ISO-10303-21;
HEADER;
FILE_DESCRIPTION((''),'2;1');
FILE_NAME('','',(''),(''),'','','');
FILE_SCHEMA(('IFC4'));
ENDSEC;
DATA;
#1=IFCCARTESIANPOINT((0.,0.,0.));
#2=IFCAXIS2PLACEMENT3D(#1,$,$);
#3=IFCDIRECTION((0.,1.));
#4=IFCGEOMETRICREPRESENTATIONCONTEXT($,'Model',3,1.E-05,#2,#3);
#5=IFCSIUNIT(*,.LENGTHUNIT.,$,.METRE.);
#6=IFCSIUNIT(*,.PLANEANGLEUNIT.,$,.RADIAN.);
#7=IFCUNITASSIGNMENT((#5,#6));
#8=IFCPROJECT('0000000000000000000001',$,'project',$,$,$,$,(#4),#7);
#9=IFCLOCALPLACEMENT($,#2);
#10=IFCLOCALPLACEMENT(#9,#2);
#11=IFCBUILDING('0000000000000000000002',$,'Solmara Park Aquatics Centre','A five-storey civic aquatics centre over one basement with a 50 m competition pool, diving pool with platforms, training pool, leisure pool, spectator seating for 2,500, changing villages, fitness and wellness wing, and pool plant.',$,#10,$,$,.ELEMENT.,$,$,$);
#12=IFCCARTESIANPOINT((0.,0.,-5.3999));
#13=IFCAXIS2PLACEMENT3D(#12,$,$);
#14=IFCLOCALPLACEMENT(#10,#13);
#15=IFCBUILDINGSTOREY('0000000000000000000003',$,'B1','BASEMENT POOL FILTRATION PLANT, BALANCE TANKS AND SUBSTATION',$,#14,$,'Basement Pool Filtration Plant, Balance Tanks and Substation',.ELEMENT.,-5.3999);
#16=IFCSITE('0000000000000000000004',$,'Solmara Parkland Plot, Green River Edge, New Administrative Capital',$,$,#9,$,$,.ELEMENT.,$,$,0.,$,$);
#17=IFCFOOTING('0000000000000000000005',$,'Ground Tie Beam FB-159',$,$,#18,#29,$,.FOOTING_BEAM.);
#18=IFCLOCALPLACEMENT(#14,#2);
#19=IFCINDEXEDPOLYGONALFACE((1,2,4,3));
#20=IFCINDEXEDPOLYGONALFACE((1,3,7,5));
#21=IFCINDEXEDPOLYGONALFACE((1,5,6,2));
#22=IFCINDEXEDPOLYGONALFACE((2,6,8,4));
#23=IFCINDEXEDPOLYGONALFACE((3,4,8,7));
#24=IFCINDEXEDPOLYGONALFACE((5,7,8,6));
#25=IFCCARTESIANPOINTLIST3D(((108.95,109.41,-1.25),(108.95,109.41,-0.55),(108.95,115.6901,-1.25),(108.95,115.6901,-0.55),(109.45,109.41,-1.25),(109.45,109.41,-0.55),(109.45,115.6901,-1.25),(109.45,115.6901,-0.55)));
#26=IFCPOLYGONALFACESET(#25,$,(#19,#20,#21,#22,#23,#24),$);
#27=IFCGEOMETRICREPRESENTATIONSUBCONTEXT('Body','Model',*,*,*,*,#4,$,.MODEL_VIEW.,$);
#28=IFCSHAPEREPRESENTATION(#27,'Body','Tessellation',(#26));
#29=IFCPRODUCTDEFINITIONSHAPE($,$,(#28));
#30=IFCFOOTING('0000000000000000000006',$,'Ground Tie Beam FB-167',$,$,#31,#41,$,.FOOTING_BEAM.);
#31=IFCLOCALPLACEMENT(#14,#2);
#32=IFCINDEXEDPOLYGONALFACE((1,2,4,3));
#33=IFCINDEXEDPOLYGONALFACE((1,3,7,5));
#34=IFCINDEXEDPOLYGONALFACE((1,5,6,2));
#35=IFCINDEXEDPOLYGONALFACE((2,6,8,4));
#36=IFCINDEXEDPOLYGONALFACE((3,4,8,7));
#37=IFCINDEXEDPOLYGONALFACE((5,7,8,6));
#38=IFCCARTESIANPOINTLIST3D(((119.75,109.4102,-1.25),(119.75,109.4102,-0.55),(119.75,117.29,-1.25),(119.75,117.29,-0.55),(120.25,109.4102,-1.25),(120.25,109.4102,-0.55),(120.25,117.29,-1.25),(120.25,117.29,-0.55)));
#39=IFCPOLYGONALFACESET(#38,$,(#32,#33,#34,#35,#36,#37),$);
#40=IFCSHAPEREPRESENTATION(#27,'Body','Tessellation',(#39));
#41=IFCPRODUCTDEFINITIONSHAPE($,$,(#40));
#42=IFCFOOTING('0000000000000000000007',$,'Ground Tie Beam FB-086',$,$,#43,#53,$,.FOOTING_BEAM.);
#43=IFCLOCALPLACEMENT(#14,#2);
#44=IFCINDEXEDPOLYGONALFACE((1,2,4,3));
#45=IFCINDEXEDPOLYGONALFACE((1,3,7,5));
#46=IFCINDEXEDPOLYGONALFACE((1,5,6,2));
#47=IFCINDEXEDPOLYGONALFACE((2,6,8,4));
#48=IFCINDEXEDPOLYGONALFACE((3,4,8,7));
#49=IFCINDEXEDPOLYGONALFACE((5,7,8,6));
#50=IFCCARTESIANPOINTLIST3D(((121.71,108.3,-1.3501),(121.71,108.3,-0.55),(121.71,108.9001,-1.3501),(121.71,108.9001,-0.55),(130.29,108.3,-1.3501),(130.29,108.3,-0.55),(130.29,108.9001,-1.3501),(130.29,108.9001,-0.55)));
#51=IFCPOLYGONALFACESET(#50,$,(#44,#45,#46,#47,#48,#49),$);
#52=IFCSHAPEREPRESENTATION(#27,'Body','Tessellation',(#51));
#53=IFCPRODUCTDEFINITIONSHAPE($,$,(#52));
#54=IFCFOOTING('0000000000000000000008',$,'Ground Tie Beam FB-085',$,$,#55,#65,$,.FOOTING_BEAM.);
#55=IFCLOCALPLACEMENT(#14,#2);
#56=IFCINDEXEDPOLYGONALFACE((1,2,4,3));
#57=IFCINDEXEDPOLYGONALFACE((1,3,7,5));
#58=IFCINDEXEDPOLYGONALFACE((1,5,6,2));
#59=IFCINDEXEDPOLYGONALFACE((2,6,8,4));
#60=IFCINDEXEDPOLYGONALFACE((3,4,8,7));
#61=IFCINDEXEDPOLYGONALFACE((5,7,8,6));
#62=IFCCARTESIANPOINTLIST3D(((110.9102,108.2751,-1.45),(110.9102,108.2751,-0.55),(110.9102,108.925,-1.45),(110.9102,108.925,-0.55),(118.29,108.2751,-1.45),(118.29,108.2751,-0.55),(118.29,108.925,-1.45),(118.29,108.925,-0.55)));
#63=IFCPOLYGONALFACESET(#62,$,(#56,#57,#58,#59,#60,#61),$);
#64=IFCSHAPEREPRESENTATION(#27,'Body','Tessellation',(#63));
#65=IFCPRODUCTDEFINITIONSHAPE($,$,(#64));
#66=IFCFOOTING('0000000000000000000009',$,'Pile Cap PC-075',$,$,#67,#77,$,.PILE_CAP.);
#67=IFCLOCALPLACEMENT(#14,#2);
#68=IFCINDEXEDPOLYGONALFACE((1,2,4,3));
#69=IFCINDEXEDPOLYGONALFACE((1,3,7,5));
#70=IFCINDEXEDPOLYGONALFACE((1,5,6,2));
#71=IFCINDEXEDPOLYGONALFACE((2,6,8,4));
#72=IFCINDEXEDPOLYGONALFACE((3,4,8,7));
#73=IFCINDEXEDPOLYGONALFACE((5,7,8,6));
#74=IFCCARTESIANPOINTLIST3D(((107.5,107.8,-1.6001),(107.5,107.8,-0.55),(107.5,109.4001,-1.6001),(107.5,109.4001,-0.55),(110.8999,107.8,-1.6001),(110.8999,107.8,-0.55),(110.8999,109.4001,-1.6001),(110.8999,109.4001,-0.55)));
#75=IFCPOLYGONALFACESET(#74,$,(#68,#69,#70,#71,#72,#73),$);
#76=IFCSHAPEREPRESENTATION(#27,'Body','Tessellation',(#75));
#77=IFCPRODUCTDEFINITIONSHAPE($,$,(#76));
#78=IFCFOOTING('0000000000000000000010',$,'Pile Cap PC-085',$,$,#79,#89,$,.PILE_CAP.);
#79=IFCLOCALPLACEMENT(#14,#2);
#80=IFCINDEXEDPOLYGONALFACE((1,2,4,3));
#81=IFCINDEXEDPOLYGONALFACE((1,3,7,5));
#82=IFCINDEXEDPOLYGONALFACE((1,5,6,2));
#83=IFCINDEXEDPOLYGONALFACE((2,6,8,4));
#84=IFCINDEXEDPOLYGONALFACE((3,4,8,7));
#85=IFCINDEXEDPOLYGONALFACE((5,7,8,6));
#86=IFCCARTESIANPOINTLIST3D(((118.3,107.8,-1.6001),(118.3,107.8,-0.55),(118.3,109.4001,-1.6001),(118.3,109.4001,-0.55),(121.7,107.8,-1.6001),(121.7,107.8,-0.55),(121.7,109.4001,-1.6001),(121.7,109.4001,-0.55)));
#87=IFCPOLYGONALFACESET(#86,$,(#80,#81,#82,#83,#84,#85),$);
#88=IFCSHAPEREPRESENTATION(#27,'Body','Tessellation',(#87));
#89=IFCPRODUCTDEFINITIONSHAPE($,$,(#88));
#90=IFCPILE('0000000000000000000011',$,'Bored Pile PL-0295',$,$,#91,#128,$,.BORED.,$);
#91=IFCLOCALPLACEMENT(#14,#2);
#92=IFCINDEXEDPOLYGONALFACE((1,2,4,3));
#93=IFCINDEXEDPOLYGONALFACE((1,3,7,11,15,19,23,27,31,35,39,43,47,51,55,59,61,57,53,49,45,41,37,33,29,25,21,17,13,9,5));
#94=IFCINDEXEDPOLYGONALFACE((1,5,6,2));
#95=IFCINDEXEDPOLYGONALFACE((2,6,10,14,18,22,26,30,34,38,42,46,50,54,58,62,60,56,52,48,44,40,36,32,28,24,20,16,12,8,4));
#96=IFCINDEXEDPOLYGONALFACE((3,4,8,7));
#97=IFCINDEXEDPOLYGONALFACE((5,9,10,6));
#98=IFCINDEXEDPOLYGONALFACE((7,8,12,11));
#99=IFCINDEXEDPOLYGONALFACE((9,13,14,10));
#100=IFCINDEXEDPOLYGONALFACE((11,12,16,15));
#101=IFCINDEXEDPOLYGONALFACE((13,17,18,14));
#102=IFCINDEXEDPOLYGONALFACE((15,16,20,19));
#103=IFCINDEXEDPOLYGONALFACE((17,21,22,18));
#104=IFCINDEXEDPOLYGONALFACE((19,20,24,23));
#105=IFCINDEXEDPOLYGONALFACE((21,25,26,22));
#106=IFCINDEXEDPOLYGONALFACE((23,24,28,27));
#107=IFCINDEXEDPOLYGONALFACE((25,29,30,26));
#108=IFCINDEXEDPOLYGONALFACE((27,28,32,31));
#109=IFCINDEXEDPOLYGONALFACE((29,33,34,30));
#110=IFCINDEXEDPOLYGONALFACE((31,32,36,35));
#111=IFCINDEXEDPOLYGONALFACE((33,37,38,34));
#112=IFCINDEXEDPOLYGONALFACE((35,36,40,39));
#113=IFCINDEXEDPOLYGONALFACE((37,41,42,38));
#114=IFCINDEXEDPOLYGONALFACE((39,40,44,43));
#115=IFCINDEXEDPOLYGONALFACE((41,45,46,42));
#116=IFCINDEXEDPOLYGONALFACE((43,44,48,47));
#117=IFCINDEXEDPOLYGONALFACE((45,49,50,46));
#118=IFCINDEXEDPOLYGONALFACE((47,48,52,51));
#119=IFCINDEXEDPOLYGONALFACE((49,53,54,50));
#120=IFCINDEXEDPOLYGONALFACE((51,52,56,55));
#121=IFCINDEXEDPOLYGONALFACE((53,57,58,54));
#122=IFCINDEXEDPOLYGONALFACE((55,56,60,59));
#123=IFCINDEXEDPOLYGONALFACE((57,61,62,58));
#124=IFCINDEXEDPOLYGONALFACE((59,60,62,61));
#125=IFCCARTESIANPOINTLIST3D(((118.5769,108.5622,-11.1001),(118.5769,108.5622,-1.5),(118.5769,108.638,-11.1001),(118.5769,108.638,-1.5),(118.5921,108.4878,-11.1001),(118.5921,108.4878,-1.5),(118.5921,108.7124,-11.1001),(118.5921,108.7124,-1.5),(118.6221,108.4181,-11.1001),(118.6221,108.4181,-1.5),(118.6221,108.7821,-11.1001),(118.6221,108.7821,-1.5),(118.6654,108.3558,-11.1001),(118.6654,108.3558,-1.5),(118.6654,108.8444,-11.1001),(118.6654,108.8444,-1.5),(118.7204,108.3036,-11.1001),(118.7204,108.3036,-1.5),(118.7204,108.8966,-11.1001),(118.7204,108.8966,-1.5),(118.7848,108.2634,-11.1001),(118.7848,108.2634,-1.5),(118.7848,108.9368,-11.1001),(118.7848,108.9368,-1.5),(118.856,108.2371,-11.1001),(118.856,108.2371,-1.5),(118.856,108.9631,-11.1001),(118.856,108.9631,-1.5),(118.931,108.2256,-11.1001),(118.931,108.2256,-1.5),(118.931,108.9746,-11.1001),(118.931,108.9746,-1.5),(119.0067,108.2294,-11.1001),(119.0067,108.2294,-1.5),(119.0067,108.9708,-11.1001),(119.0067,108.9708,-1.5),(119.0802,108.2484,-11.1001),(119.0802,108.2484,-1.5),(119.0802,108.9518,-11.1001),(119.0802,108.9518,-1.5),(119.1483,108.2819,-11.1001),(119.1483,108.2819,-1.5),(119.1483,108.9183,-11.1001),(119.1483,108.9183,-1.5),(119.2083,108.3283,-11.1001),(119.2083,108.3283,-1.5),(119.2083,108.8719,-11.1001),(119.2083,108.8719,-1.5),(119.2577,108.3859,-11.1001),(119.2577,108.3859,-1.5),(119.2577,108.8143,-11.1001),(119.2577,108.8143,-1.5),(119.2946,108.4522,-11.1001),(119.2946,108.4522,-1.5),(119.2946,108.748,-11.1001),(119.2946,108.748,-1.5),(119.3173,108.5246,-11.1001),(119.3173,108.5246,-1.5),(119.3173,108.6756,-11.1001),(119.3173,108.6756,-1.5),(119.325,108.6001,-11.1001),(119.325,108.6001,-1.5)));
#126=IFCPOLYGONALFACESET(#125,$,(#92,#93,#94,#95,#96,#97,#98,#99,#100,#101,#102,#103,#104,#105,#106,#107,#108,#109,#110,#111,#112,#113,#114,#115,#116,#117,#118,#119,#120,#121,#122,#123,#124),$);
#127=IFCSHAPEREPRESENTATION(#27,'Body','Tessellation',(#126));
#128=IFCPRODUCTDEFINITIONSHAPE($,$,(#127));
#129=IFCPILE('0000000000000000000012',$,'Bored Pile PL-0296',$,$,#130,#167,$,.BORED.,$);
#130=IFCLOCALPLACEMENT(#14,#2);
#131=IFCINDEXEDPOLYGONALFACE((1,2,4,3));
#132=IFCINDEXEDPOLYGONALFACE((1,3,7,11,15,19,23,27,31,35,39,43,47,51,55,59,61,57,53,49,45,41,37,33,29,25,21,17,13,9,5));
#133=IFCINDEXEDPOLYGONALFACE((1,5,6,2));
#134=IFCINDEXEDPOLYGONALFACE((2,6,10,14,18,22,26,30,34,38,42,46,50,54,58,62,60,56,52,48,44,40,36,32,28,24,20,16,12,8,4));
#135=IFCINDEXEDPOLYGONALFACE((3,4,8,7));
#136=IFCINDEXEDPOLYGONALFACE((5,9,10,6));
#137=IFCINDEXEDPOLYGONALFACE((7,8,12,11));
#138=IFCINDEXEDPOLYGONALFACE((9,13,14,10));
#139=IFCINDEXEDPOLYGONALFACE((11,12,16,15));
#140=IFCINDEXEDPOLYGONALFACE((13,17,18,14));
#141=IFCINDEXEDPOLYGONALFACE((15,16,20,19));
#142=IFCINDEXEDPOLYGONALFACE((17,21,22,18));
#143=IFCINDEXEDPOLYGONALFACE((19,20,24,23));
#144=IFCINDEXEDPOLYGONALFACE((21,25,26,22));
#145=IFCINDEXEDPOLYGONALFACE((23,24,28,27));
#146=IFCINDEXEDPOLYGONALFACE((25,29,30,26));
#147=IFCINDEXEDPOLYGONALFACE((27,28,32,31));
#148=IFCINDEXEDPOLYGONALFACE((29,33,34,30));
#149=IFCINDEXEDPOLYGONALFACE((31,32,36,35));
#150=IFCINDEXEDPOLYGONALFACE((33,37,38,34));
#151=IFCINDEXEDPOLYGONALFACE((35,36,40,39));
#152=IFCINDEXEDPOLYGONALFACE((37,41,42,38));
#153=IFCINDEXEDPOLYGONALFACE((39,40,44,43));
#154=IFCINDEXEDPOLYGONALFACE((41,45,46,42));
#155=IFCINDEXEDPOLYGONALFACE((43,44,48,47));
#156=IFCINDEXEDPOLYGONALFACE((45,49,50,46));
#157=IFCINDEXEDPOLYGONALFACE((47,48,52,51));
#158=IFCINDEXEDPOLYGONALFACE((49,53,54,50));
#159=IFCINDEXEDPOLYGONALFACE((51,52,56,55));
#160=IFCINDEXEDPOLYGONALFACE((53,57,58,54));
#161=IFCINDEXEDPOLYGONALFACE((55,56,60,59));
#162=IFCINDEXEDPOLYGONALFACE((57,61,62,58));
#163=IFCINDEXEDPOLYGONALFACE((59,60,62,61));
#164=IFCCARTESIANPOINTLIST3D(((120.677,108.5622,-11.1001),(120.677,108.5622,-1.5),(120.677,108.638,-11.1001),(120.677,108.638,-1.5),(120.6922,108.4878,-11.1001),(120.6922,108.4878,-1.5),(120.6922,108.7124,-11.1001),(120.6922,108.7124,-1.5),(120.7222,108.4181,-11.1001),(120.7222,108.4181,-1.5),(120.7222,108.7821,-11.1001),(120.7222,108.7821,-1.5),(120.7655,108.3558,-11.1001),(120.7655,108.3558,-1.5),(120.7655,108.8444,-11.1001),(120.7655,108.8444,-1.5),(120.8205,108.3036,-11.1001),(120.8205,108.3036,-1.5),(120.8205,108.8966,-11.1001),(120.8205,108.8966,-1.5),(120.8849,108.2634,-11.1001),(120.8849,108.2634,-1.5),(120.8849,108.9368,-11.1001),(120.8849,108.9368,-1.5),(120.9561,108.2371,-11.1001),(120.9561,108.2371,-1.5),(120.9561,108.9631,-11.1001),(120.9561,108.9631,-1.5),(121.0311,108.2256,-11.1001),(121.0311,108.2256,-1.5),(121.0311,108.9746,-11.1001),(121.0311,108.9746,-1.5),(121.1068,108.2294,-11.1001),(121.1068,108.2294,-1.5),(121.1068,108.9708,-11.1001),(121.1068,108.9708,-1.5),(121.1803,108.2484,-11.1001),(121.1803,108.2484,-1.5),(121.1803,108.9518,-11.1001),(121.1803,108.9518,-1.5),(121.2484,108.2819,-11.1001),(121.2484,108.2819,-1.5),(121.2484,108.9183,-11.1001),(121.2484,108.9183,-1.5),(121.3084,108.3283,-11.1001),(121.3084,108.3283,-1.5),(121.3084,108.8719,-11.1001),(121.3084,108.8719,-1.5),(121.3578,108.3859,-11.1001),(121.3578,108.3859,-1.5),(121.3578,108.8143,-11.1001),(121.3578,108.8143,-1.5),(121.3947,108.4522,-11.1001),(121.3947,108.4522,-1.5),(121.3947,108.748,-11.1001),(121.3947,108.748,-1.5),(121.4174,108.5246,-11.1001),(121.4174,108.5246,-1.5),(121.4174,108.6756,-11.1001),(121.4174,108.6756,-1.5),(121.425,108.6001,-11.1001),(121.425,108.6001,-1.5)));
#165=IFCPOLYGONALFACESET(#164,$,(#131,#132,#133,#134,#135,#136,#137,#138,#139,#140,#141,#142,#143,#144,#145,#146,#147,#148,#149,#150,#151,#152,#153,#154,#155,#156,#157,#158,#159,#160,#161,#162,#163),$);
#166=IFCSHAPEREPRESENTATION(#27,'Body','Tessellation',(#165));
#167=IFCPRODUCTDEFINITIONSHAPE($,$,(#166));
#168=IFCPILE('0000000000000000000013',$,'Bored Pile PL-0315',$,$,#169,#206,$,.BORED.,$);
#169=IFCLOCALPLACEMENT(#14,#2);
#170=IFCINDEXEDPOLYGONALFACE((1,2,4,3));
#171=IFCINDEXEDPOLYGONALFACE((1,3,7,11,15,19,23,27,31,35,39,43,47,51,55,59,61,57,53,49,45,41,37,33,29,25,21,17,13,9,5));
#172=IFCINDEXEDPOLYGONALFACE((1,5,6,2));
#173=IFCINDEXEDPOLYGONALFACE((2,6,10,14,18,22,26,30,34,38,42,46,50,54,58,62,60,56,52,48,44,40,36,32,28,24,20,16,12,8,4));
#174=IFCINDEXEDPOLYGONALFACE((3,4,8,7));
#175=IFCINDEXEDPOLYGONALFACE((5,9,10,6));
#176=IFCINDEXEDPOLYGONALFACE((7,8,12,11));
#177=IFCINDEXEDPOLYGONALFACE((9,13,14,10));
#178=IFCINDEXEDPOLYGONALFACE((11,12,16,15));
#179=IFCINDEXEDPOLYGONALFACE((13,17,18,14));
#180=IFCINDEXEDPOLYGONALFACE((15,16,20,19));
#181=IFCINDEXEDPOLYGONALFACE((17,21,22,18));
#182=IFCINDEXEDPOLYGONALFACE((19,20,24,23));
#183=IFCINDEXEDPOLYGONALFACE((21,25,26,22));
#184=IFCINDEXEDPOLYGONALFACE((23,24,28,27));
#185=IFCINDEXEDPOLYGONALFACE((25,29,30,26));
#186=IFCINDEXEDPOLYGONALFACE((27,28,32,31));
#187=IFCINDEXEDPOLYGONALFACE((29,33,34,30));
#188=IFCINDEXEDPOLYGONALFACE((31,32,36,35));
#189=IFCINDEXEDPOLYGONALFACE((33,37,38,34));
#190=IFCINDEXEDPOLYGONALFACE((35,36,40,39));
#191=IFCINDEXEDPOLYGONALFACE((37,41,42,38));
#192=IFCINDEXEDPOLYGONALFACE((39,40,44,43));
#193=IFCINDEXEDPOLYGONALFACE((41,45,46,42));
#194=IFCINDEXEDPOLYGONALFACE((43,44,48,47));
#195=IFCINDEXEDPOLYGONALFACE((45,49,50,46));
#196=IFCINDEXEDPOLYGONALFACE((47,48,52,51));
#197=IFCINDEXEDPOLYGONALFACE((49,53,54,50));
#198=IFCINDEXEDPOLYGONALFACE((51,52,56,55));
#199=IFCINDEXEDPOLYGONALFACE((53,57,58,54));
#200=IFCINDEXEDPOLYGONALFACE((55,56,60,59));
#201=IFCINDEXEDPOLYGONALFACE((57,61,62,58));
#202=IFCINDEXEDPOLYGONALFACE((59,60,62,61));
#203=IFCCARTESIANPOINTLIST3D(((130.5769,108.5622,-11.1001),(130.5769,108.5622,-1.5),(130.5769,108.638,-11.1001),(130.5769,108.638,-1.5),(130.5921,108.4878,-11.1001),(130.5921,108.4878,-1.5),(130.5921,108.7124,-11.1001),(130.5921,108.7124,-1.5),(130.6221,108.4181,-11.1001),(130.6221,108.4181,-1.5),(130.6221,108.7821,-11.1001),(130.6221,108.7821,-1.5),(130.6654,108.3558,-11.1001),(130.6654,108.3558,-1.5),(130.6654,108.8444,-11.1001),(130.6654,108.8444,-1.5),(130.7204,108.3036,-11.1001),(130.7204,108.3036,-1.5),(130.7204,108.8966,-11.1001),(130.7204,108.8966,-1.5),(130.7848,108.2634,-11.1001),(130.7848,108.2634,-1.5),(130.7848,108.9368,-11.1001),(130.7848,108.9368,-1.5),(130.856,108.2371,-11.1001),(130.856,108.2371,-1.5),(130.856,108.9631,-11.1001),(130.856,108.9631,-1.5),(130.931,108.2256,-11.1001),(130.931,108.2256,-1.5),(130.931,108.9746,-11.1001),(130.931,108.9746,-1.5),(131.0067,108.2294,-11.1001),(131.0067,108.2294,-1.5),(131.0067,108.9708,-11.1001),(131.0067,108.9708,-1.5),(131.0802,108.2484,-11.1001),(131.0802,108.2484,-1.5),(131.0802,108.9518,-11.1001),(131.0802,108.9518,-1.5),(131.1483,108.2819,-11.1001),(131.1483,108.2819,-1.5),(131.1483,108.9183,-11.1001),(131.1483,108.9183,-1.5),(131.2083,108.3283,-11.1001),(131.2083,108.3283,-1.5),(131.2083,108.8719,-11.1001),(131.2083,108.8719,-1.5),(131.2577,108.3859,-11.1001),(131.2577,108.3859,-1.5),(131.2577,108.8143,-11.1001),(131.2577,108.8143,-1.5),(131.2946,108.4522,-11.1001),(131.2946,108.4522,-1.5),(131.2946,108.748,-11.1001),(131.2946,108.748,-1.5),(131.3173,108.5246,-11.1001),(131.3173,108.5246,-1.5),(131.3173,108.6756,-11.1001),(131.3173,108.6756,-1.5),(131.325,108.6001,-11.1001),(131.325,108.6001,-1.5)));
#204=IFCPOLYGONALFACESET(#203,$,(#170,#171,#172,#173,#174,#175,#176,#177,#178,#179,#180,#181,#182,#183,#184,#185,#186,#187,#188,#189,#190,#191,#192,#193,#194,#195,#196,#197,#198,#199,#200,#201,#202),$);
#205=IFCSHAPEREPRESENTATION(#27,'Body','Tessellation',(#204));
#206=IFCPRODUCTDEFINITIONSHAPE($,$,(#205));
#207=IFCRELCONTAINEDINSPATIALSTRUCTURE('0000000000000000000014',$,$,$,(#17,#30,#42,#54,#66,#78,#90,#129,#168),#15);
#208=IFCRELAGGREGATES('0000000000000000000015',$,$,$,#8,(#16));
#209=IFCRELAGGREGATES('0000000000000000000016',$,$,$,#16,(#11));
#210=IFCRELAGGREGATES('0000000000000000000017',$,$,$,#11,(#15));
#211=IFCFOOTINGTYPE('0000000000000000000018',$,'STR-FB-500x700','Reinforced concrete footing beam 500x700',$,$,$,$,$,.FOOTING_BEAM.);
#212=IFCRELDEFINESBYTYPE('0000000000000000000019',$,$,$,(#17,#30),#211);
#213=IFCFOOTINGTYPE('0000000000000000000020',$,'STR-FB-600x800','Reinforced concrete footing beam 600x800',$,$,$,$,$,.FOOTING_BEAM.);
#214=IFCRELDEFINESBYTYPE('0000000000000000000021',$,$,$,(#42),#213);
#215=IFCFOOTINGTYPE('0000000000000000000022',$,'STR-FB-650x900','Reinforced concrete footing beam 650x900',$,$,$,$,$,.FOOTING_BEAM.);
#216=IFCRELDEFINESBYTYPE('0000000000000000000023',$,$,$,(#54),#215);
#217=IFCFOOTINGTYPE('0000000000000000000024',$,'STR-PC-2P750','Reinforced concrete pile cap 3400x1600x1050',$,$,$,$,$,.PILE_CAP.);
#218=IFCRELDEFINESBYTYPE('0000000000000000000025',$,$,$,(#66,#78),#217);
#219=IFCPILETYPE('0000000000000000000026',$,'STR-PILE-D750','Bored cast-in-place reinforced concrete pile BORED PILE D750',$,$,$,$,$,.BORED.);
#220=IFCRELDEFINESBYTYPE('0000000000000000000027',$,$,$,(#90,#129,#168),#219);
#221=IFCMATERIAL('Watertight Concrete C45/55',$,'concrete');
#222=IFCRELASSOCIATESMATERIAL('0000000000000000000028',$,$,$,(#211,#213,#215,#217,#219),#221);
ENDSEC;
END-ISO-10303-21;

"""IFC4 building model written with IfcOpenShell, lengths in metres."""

from ifc_helpers import new_model, si_unit, direction, frame, origin, origin_2d, place, context, subcontext, project, spatial, rectangle, circle, extrude, material, material_profile, profile_set, type_object, element, save


model = new_model("IFC4")

# Units and contexts
model_context = context("Model", 3, precision=1e-05, world=origin(), true_north=direction((0.0, 1.0)))
body_context = subcontext(model_context, "Body", "Model", "MODEL_VIEW")
ifc_project = project(units=[si_unit("LENGTHUNIT", "METRE"), si_unit("PLANEANGLEUNIT", "RADIAN")], contexts=[model_context])

# Site, building, storey
site_placement = place(None, origin())
site = spatial("IfcSite", under=ifc_project, at=site_placement, Name="Solmara Parkland Plot, Green River Edge, New Administrative Capital", CompositionType="ELEMENT", RefElevation=0.0)
building_placement = place(site_placement, origin())
building = spatial("IfcBuilding", under=site, at=building_placement, Name="Solmara Park Aquatics Centre", Description="A five-storey civic aquatics centre over one basement with a 50 m competition pool, diving pool with platforms, training pool, leisure pool, spectator seating for 2,500, changing villages, fitness and wellness wing, and pool plant.", CompositionType="ELEMENT")
storey_placement = place(building_placement, frame((0.0, 0.0, -5.3999)))
storey = spatial("IfcBuildingStorey", under=building, at=storey_placement, Name="B1", Description="BASEMENT POOL FILTRATION PLANT, BALANCE TANKS AND SUBSTATION", LongName="Basement Pool Filtration Plant, Balance Tanks and Substation", CompositionType="ELEMENT", Elevation=-5.3999)

# Footings
ifc_material_1 = material(Name="Watertight Concrete C45/55", Category="concrete")
footing_type_1 = type_object("IfcFootingType", Name="STR-FB-500x700", Description="Reinforced concrete footing beam 500x700", PredefinedType="FOOTING_BEAM", material=ifc_material_1)
footing_1_placement = place(storey_placement, frame((109.2, 112.55, -1.25), z_axis=(0.0, 0.0, 1.0), x_axis=(1.0, 0.0, 0.0)))
element("IfcFooting", 1, at=footing_1_placement, inside=storey, type_object=footing_type_1, Name="Ground Tie Beam FB-159", PredefinedType="FOOTING_BEAM", context=body_context, shape_type="SweptSolid", body=[
    extrude(rectangle(XDim=0.5, YDim=6.28, at=origin_2d()), origin(), (0.0, 0.0, 1.0), 0.7),
])
footing_2_placement = place(storey_placement, frame((120.0, 113.3501, -1.25), z_axis=(0.0, 0.0, 1.0), x_axis=(1.0, 0.0, 0.0)))
element("IfcFooting", 2, at=footing_2_placement, inside=storey, type_object=footing_type_1, Name="Ground Tie Beam FB-167", PredefinedType="FOOTING_BEAM", context=body_context, shape_type="SweptSolid", body=[
    extrude(rectangle(XDim=0.5, YDim=7.8799, at=origin_2d()), origin(), (0.0, 0.0, 1.0), 0.7),
])
footing_type_2 = type_object("IfcFootingType", Name="STR-FB-600x800", Description="Reinforced concrete footing beam 600x800", PredefinedType="FOOTING_BEAM", material=ifc_material_1)
footing_3_placement = place(storey_placement, frame((126.0, 108.6001, -1.3501), z_axis=(0.0, 0.0, 1.0), x_axis=(1.0, 0.0, 0.0)))
element("IfcFooting", 3, at=footing_3_placement, inside=storey, type_object=footing_type_2, Name="Ground Tie Beam FB-086", PredefinedType="FOOTING_BEAM", context=body_context, shape_type="SweptSolid", body=[
    extrude(rectangle(XDim=8.5801, YDim=0.6001, at=origin_2d()), origin(), (0.0, 0.0, 1.0), 0.8),
])
footing_type_3 = type_object("IfcFootingType", Name="STR-FB-650x900", Description="Reinforced concrete footing beam 650x900", PredefinedType="FOOTING_BEAM", material=ifc_material_1)
footing_4_placement = place(storey_placement, frame((114.6001, 108.6001, -1.45), z_axis=(0.0, 0.0, 1.0), x_axis=(1.0, 0.0, 0.0)))
element("IfcFooting", 4, at=footing_4_placement, inside=storey, type_object=footing_type_3, Name="Ground Tie Beam FB-085", PredefinedType="FOOTING_BEAM", context=body_context, shape_type="SweptSolid", body=[
    extrude(rectangle(XDim=7.3799, YDim=0.6499, at=origin_2d()), origin(), (0.0, 0.0, 1.0), 0.8999),
])
footing_type_4 = type_object("IfcFootingType", Name="STR-PC-2P750", Description="Reinforced concrete pile cap 3400x1600x1050", PredefinedType="PILE_CAP", material=ifc_material_1)
for number, where, z_axis, x_axis, name in (
    (5, (109.2, 108.6001, -1.6001), (0.0, 0.0, 1.0), (1.0, 0.0, 0.0), "Pile Cap PC-075"),
    (6, (120.0, 108.6001, -1.6001), (0.0, 0.0, 1.0), (1.0, 0.0, 0.0), "Pile Cap PC-085"),
):
    element("IfcFooting", number, at=place(storey_placement, frame(where, z_axis=z_axis, x_axis=x_axis)), inside=storey, type_object=footing_type_4, Name=name, PredefinedType="PILE_CAP", context=body_context, shape_type="SweptSolid", body=[
        extrude(rectangle(XDim=3.3999, YDim=1.6001, at=origin_2d()), origin(), (0.0, 0.0, 1.0), 1.05),
    ])

# Piles
ifc_material_profile_1 = material_profile(ifc_material_1, circle(Radius=0.375, at=origin_2d()), Name="BORED PILE D750")
ifc_profile_set_1 = profile_set([ifc_material_profile_1], Name="Watertight Concrete C45/55")
pile_type_1 = type_object("IfcPileType", Name="STR-PILE-D750", Description="Bored cast-in-place reinforced concrete pile BORED PILE D750", PredefinedType="BORED", material=ifc_profile_set_1)
for number, where, z_axis, x_axis, name in (
    (7, (118.95, 108.6001, -1.5), (0.0, 0.0, -1.0), (1.0, 0.0, 0.0), "Bored Pile PL-0295"),
    (8, (121.05, 108.6001, -1.5), (0.0, 0.0, -1.0), (1.0, 0.0, 0.0), "Bored Pile PL-0296"),
    (9, (130.95, 108.6001, -1.5), (0.0, 0.0, -1.0), (1.0, 0.0, 0.0), "Bored Pile PL-0315"),
):
    element("IfcPile", number, at=place(storey_placement, frame(where, z_axis=z_axis, x_axis=x_axis)), inside=storey, type_object=pile_type_1, Name=name, PredefinedType="BORED", context=body_context, shape_type="SweptSolid", body=[
        extrude(circle(Radius=0.375, at=origin_2d()), origin(), (0.0, 0.0, 1.0), 9.6001),
    ])

save(model, "model.ifc")
